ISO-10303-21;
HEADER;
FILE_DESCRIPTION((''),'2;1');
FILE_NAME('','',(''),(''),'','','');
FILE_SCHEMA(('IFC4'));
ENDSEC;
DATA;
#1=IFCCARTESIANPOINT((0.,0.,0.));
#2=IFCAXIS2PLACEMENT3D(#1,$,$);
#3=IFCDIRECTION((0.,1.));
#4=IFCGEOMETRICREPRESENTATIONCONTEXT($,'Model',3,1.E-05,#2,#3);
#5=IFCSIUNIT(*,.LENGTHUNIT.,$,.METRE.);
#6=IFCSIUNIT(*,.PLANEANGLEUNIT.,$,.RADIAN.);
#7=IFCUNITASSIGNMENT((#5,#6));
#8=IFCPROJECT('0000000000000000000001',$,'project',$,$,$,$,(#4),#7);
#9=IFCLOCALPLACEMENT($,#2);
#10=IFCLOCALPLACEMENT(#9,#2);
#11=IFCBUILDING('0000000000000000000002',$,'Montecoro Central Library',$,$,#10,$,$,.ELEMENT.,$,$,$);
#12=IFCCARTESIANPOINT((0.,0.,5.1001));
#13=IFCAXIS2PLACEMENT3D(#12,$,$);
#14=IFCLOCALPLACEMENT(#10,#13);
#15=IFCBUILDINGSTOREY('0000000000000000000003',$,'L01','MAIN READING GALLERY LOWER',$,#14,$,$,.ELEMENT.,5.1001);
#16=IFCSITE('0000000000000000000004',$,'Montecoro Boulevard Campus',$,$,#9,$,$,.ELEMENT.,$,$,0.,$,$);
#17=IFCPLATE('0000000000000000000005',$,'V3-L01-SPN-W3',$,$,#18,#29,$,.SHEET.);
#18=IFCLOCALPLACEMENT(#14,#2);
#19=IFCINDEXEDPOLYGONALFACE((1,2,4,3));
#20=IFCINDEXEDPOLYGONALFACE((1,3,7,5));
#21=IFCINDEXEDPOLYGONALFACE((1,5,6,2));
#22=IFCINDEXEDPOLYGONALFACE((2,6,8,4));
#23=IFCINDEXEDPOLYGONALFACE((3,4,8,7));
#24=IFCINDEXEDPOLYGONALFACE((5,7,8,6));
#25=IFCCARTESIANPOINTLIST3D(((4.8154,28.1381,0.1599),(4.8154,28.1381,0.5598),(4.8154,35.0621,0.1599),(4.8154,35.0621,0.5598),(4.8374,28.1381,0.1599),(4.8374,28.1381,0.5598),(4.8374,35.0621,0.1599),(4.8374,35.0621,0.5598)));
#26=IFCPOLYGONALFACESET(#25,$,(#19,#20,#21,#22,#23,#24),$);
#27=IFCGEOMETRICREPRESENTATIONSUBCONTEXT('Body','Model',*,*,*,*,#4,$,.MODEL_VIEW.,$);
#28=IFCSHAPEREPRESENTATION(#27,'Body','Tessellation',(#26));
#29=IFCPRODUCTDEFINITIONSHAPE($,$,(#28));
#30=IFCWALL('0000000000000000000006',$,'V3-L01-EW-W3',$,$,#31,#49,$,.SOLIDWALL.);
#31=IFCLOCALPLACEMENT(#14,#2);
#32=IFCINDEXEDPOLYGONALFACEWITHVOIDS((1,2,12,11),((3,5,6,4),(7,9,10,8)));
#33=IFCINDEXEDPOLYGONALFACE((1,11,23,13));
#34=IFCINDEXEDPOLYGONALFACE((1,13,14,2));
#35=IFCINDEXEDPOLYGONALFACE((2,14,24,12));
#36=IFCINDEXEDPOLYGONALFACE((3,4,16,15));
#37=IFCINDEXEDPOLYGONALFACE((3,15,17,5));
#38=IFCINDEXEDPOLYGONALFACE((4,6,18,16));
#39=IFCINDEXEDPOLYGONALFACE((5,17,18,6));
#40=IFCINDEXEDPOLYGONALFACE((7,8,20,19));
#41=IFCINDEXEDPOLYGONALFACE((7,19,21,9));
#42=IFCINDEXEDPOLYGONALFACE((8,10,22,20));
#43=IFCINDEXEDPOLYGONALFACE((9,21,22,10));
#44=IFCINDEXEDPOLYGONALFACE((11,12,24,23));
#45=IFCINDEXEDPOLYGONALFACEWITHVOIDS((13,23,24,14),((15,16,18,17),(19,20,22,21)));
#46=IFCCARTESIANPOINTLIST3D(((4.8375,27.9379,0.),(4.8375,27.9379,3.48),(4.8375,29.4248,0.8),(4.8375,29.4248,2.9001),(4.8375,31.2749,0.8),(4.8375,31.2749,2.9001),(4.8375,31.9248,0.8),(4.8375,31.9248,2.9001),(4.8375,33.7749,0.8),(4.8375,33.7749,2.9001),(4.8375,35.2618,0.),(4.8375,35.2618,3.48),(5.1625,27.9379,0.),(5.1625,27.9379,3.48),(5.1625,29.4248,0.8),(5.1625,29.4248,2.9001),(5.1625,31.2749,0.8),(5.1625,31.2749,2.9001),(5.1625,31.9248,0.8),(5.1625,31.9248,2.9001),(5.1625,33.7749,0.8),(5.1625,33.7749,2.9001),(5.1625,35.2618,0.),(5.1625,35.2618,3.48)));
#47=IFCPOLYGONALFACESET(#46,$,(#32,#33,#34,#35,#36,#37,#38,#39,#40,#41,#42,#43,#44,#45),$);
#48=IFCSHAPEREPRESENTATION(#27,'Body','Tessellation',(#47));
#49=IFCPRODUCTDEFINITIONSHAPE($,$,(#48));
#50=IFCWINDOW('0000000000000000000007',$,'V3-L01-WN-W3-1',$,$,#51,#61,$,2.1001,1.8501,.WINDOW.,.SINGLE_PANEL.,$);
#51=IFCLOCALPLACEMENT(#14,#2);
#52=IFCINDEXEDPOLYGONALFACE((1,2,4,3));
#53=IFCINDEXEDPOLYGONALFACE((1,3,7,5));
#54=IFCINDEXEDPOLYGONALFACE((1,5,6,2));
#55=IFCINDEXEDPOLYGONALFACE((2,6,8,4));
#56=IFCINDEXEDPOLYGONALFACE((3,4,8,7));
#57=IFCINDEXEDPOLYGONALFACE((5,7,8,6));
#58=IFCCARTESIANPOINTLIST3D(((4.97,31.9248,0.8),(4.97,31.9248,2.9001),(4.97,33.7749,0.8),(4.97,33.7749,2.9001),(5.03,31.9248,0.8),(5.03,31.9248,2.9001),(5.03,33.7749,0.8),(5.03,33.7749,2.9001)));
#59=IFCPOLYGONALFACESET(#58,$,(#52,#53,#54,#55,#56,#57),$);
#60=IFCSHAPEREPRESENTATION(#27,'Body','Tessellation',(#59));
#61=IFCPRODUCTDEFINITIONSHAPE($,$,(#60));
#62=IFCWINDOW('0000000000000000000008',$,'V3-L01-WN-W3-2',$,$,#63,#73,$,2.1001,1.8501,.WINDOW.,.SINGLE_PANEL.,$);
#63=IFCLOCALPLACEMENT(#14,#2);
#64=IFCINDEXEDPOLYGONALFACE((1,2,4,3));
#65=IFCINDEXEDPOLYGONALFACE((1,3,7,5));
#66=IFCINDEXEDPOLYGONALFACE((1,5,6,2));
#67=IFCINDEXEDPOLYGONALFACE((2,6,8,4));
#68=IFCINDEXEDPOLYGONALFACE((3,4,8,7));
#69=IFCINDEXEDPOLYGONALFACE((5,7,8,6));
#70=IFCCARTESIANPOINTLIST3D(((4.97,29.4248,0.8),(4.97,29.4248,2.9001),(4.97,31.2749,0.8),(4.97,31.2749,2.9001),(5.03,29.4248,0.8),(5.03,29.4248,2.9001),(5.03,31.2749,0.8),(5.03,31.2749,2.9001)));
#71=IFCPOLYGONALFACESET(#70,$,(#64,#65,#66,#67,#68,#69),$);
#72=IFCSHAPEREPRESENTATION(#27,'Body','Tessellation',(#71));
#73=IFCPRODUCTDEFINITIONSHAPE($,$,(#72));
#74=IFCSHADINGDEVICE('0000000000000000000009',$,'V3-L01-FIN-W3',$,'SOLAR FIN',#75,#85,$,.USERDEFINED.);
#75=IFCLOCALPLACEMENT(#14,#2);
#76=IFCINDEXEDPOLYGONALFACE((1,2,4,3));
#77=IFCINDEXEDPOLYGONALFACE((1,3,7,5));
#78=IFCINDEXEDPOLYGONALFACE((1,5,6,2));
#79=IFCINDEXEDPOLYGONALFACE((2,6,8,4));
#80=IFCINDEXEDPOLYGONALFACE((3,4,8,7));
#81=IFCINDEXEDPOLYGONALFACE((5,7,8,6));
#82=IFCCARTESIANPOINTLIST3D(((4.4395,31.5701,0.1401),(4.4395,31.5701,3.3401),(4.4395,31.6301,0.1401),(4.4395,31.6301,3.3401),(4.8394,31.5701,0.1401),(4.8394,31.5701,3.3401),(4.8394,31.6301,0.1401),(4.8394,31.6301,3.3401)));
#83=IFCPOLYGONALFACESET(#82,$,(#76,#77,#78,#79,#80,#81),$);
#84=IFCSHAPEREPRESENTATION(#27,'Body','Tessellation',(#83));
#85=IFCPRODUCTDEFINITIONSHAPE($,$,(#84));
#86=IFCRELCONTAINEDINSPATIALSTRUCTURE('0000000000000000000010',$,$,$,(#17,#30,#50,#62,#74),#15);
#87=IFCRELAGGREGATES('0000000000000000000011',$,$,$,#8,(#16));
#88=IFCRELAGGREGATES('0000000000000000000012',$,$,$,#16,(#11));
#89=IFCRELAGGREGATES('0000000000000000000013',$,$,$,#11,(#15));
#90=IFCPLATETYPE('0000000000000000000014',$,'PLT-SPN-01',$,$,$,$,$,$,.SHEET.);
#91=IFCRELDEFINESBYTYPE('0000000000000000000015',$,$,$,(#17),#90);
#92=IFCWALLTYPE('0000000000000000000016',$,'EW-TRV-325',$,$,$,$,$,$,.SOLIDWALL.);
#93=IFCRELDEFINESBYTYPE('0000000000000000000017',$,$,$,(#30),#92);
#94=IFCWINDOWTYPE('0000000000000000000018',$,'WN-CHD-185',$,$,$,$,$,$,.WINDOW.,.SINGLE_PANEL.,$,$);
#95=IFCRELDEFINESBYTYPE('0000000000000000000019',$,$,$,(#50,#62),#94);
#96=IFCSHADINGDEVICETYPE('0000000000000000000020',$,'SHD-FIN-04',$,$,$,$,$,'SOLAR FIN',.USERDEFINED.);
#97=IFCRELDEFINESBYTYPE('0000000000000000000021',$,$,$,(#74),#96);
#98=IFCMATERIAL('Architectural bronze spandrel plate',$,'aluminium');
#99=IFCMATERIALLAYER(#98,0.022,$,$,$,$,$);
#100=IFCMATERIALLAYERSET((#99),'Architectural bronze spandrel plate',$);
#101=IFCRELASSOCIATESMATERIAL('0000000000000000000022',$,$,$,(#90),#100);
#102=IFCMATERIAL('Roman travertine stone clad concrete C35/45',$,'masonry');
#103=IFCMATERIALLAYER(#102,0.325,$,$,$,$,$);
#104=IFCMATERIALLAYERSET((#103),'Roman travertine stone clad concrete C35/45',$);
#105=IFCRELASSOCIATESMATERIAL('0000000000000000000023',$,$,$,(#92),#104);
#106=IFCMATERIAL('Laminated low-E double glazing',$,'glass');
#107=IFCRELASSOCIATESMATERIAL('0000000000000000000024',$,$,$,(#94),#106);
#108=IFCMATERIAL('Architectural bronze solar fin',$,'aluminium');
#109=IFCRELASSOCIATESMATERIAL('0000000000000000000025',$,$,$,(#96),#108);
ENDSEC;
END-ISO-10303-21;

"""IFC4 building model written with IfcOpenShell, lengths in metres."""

from ifc_helpers import new_model, si_unit, direction, frame, frame_2d, origin, origin_2d, place, context, subcontext, project, spatial, rectangle, extrude, material, layer, layer_set, type_object, element, fill, save


model = new_model("IFC4")

# Units and contexts
model_context = context("Model", 3, precision=1e-05, world=origin(), true_north=direction((0.0, 1.0)))
body_context = subcontext(model_context, "Body", "Model", "MODEL_VIEW")
ifc_project = project(units=[si_unit("LENGTHUNIT", "METRE"), si_unit("PLANEANGLEUNIT", "RADIAN")], contexts=[model_context])

# Site, building, storey
site_placement = place(None, origin())
site = spatial("IfcSite", under=ifc_project, at=site_placement, Name="Montecoro Boulevard Campus", CompositionType="ELEMENT", RefElevation=0.0)
building_placement = place(site_placement, origin())
building = spatial("IfcBuilding", under=site, at=building_placement, Name="Montecoro Central Library", CompositionType="ELEMENT")
storey_placement = place(building_placement, frame((0.0, 0.0, 5.1001)))
storey = spatial("IfcBuildingStorey", under=building, at=storey_placement, Name="L01", Description="MAIN READING GALLERY LOWER", CompositionType="ELEMENT", Elevation=5.1001)

# Plate
ifc_material_1 = material(Name="Laminated low-E double glazing", Category="glass")
ifc_material_2 = material(Name="Architectural bronze spandrel plate", Category="aluminium")
ifc_layer_1 = layer(ifc_material_2, 0.022)
ifc_layer_set_1 = layer_set([ifc_layer_1], Name="Architectural bronze spandrel plate")
plate_type_1 = type_object("IfcPlateType", Name="PLT-SPN-01", PredefinedType="SHEET", material=ifc_layer_set_1)
plate_1_placement = place(storey_placement, frame((4.8264, 31.6001, 0.1599), z_axis=(0.0, 0.0, 1.0), x_axis=(0.0, -1.0, 0.0)))
element("IfcPlate", 1, at=plate_1_placement, inside=storey, type_object=plate_type_1, Name="V3-L01-SPN-W3", PredefinedType="SHEET", context=body_context, shape_type="SweptSolid", body=[
    extrude(rectangle(XDim=6.9241, YDim=0.022, at=origin_2d()), origin(), (0.0, 0.0, 1.0), 0.3999),
])

# Wall, openings, windows
ifc_material_3 = material(Name="Roman travertine stone clad concrete C35/45", Category="masonry")
ifc_layer_2 = layer(ifc_material_3, 0.325)
ifc_layer_set_2 = layer_set([ifc_layer_2], Name="Roman travertine stone clad concrete C35/45")
wall_type = type_object("IfcWallType", Name="EW-TRV-325", PredefinedType="SOLIDWALL", material=ifc_layer_set_2)
wall_placement = place(storey_placement, frame((5.0, 35.262, 0.0), z_axis=(0.0, 0.0, 1.0), x_axis=(0.0, -1.0, 0.0)))
wall = element("IfcWall", 2, at=wall_placement, inside=storey, type_object=wall_type, Name="V3-L01-EW-W3", PredefinedType="SOLIDWALL", context=body_context, shape_type="SweptSolid", body=[
    extrude(rectangle(XDim=7.324, YDim=0.325, at=frame_2d((3.6621, 0.0))), origin(), (0.0, 0.0, 1.0), 3.48),
])
opening_1_placement = place(wall_placement, frame((1.4871, 0.0, 0.8)))
opening_1 = element("IfcOpeningElement", 3, at=opening_1_placement, cuts=wall, PredefinedType="OPENING", context=body_context, shape_type="SweptSolid", body=[
    extrude(rectangle(XDim=1.8501, YDim=2.1001, at=frame_2d((0.925, 1.05))), frame((0.0, 0.1724, 0.0), z_axis=(0.0, -1.0, 0.0), x_axis=(1.0, 0.0, 0.0)), (0.0, 0.0, 1.0), 0.345),
])
opening_2_placement = place(wall_placement, frame((3.9871, 0.0, 0.8)))
opening_2 = element("IfcOpeningElement", 4, at=opening_2_placement, cuts=wall, PredefinedType="OPENING", context=body_context, shape_type="SweptSolid", body=[
    extrude(rectangle(XDim=1.8501, YDim=2.1001, at=frame_2d((0.925, 1.05))), frame((0.0, 0.1724, 0.0), z_axis=(0.0, -1.0, 0.0), x_axis=(1.0, 0.0, 0.0)), (0.0, 0.0, 1.0), 0.345),
])
window_type = type_object("IfcWindowType", Name="WN-CHD-185", PartitioningType="SINGLE_PANEL", PredefinedType="WINDOW", material=ifc_material_1)
window_1_placement = place(opening_1_placement, origin())
window_1 = element("IfcWindow", 5, at=window_1_placement, inside=storey, type_object=window_type, Name="V3-L01-WN-W3-1", OverallHeight=2.1001, OverallWidth=1.8501, PartitioningType="SINGLE_PANEL", PredefinedType="WINDOW", context=body_context, shape_type="SweptSolid", body=[
    extrude(rectangle(XDim=1.8501, YDim=2.1001, at=frame_2d((0.925, 1.05))), frame((0.0, 0.03, 0.0), z_axis=(0.0, -1.0, 0.0), x_axis=(1.0, 0.0, 0.0)), (0.0, 0.0, 1.0), 0.0601),
])
fill(opening_1, window_1)
window_2_placement = place(opening_2_placement, origin())
window_2 = element("IfcWindow", 6, at=window_2_placement, inside=storey, type_object=window_type, Name="V3-L01-WN-W3-2", OverallHeight=2.1001, OverallWidth=1.8501, PartitioningType="SINGLE_PANEL", PredefinedType="WINDOW", context=body_context, shape_type="SweptSolid", body=[
    extrude(rectangle(XDim=1.8501, YDim=2.1001, at=frame_2d((0.925, 1.05))), frame((0.0, 0.03, 0.0), z_axis=(0.0, -1.0, 0.0), x_axis=(1.0, 0.0, 0.0)), (0.0, 0.0, 1.0), 0.0601),
])
fill(opening_2, window_2)

# Shading device
ifc_material_4 = material(Name="Architectural bronze solar fin", Category="aluminium")
shading_device_type = type_object("IfcShadingDeviceType", Name="SHD-FIN-04", ElementType="SOLAR FIN", PredefinedType="USERDEFINED", material=ifc_material_4)
shading_device_placement = place(storey_placement, frame((4.6394, 31.6001, 0.1401), z_axis=(0.0, 0.0, 1.0), x_axis=(0.0, -1.0, 0.0)))
element("IfcShadingDevice", 7, at=shading_device_placement, inside=storey, type_object=shading_device_type, Name="V3-L01-FIN-W3", ObjectType="SOLAR FIN", PredefinedType="USERDEFINED", context=body_context, shape_type="SweptSolid", body=[
    extrude(rectangle(XDim=0.0601, YDim=0.3999, at=origin_2d()), origin(), (0.0, 0.0, 1.0), 3.2),
])

save(model, "model.ifc")
